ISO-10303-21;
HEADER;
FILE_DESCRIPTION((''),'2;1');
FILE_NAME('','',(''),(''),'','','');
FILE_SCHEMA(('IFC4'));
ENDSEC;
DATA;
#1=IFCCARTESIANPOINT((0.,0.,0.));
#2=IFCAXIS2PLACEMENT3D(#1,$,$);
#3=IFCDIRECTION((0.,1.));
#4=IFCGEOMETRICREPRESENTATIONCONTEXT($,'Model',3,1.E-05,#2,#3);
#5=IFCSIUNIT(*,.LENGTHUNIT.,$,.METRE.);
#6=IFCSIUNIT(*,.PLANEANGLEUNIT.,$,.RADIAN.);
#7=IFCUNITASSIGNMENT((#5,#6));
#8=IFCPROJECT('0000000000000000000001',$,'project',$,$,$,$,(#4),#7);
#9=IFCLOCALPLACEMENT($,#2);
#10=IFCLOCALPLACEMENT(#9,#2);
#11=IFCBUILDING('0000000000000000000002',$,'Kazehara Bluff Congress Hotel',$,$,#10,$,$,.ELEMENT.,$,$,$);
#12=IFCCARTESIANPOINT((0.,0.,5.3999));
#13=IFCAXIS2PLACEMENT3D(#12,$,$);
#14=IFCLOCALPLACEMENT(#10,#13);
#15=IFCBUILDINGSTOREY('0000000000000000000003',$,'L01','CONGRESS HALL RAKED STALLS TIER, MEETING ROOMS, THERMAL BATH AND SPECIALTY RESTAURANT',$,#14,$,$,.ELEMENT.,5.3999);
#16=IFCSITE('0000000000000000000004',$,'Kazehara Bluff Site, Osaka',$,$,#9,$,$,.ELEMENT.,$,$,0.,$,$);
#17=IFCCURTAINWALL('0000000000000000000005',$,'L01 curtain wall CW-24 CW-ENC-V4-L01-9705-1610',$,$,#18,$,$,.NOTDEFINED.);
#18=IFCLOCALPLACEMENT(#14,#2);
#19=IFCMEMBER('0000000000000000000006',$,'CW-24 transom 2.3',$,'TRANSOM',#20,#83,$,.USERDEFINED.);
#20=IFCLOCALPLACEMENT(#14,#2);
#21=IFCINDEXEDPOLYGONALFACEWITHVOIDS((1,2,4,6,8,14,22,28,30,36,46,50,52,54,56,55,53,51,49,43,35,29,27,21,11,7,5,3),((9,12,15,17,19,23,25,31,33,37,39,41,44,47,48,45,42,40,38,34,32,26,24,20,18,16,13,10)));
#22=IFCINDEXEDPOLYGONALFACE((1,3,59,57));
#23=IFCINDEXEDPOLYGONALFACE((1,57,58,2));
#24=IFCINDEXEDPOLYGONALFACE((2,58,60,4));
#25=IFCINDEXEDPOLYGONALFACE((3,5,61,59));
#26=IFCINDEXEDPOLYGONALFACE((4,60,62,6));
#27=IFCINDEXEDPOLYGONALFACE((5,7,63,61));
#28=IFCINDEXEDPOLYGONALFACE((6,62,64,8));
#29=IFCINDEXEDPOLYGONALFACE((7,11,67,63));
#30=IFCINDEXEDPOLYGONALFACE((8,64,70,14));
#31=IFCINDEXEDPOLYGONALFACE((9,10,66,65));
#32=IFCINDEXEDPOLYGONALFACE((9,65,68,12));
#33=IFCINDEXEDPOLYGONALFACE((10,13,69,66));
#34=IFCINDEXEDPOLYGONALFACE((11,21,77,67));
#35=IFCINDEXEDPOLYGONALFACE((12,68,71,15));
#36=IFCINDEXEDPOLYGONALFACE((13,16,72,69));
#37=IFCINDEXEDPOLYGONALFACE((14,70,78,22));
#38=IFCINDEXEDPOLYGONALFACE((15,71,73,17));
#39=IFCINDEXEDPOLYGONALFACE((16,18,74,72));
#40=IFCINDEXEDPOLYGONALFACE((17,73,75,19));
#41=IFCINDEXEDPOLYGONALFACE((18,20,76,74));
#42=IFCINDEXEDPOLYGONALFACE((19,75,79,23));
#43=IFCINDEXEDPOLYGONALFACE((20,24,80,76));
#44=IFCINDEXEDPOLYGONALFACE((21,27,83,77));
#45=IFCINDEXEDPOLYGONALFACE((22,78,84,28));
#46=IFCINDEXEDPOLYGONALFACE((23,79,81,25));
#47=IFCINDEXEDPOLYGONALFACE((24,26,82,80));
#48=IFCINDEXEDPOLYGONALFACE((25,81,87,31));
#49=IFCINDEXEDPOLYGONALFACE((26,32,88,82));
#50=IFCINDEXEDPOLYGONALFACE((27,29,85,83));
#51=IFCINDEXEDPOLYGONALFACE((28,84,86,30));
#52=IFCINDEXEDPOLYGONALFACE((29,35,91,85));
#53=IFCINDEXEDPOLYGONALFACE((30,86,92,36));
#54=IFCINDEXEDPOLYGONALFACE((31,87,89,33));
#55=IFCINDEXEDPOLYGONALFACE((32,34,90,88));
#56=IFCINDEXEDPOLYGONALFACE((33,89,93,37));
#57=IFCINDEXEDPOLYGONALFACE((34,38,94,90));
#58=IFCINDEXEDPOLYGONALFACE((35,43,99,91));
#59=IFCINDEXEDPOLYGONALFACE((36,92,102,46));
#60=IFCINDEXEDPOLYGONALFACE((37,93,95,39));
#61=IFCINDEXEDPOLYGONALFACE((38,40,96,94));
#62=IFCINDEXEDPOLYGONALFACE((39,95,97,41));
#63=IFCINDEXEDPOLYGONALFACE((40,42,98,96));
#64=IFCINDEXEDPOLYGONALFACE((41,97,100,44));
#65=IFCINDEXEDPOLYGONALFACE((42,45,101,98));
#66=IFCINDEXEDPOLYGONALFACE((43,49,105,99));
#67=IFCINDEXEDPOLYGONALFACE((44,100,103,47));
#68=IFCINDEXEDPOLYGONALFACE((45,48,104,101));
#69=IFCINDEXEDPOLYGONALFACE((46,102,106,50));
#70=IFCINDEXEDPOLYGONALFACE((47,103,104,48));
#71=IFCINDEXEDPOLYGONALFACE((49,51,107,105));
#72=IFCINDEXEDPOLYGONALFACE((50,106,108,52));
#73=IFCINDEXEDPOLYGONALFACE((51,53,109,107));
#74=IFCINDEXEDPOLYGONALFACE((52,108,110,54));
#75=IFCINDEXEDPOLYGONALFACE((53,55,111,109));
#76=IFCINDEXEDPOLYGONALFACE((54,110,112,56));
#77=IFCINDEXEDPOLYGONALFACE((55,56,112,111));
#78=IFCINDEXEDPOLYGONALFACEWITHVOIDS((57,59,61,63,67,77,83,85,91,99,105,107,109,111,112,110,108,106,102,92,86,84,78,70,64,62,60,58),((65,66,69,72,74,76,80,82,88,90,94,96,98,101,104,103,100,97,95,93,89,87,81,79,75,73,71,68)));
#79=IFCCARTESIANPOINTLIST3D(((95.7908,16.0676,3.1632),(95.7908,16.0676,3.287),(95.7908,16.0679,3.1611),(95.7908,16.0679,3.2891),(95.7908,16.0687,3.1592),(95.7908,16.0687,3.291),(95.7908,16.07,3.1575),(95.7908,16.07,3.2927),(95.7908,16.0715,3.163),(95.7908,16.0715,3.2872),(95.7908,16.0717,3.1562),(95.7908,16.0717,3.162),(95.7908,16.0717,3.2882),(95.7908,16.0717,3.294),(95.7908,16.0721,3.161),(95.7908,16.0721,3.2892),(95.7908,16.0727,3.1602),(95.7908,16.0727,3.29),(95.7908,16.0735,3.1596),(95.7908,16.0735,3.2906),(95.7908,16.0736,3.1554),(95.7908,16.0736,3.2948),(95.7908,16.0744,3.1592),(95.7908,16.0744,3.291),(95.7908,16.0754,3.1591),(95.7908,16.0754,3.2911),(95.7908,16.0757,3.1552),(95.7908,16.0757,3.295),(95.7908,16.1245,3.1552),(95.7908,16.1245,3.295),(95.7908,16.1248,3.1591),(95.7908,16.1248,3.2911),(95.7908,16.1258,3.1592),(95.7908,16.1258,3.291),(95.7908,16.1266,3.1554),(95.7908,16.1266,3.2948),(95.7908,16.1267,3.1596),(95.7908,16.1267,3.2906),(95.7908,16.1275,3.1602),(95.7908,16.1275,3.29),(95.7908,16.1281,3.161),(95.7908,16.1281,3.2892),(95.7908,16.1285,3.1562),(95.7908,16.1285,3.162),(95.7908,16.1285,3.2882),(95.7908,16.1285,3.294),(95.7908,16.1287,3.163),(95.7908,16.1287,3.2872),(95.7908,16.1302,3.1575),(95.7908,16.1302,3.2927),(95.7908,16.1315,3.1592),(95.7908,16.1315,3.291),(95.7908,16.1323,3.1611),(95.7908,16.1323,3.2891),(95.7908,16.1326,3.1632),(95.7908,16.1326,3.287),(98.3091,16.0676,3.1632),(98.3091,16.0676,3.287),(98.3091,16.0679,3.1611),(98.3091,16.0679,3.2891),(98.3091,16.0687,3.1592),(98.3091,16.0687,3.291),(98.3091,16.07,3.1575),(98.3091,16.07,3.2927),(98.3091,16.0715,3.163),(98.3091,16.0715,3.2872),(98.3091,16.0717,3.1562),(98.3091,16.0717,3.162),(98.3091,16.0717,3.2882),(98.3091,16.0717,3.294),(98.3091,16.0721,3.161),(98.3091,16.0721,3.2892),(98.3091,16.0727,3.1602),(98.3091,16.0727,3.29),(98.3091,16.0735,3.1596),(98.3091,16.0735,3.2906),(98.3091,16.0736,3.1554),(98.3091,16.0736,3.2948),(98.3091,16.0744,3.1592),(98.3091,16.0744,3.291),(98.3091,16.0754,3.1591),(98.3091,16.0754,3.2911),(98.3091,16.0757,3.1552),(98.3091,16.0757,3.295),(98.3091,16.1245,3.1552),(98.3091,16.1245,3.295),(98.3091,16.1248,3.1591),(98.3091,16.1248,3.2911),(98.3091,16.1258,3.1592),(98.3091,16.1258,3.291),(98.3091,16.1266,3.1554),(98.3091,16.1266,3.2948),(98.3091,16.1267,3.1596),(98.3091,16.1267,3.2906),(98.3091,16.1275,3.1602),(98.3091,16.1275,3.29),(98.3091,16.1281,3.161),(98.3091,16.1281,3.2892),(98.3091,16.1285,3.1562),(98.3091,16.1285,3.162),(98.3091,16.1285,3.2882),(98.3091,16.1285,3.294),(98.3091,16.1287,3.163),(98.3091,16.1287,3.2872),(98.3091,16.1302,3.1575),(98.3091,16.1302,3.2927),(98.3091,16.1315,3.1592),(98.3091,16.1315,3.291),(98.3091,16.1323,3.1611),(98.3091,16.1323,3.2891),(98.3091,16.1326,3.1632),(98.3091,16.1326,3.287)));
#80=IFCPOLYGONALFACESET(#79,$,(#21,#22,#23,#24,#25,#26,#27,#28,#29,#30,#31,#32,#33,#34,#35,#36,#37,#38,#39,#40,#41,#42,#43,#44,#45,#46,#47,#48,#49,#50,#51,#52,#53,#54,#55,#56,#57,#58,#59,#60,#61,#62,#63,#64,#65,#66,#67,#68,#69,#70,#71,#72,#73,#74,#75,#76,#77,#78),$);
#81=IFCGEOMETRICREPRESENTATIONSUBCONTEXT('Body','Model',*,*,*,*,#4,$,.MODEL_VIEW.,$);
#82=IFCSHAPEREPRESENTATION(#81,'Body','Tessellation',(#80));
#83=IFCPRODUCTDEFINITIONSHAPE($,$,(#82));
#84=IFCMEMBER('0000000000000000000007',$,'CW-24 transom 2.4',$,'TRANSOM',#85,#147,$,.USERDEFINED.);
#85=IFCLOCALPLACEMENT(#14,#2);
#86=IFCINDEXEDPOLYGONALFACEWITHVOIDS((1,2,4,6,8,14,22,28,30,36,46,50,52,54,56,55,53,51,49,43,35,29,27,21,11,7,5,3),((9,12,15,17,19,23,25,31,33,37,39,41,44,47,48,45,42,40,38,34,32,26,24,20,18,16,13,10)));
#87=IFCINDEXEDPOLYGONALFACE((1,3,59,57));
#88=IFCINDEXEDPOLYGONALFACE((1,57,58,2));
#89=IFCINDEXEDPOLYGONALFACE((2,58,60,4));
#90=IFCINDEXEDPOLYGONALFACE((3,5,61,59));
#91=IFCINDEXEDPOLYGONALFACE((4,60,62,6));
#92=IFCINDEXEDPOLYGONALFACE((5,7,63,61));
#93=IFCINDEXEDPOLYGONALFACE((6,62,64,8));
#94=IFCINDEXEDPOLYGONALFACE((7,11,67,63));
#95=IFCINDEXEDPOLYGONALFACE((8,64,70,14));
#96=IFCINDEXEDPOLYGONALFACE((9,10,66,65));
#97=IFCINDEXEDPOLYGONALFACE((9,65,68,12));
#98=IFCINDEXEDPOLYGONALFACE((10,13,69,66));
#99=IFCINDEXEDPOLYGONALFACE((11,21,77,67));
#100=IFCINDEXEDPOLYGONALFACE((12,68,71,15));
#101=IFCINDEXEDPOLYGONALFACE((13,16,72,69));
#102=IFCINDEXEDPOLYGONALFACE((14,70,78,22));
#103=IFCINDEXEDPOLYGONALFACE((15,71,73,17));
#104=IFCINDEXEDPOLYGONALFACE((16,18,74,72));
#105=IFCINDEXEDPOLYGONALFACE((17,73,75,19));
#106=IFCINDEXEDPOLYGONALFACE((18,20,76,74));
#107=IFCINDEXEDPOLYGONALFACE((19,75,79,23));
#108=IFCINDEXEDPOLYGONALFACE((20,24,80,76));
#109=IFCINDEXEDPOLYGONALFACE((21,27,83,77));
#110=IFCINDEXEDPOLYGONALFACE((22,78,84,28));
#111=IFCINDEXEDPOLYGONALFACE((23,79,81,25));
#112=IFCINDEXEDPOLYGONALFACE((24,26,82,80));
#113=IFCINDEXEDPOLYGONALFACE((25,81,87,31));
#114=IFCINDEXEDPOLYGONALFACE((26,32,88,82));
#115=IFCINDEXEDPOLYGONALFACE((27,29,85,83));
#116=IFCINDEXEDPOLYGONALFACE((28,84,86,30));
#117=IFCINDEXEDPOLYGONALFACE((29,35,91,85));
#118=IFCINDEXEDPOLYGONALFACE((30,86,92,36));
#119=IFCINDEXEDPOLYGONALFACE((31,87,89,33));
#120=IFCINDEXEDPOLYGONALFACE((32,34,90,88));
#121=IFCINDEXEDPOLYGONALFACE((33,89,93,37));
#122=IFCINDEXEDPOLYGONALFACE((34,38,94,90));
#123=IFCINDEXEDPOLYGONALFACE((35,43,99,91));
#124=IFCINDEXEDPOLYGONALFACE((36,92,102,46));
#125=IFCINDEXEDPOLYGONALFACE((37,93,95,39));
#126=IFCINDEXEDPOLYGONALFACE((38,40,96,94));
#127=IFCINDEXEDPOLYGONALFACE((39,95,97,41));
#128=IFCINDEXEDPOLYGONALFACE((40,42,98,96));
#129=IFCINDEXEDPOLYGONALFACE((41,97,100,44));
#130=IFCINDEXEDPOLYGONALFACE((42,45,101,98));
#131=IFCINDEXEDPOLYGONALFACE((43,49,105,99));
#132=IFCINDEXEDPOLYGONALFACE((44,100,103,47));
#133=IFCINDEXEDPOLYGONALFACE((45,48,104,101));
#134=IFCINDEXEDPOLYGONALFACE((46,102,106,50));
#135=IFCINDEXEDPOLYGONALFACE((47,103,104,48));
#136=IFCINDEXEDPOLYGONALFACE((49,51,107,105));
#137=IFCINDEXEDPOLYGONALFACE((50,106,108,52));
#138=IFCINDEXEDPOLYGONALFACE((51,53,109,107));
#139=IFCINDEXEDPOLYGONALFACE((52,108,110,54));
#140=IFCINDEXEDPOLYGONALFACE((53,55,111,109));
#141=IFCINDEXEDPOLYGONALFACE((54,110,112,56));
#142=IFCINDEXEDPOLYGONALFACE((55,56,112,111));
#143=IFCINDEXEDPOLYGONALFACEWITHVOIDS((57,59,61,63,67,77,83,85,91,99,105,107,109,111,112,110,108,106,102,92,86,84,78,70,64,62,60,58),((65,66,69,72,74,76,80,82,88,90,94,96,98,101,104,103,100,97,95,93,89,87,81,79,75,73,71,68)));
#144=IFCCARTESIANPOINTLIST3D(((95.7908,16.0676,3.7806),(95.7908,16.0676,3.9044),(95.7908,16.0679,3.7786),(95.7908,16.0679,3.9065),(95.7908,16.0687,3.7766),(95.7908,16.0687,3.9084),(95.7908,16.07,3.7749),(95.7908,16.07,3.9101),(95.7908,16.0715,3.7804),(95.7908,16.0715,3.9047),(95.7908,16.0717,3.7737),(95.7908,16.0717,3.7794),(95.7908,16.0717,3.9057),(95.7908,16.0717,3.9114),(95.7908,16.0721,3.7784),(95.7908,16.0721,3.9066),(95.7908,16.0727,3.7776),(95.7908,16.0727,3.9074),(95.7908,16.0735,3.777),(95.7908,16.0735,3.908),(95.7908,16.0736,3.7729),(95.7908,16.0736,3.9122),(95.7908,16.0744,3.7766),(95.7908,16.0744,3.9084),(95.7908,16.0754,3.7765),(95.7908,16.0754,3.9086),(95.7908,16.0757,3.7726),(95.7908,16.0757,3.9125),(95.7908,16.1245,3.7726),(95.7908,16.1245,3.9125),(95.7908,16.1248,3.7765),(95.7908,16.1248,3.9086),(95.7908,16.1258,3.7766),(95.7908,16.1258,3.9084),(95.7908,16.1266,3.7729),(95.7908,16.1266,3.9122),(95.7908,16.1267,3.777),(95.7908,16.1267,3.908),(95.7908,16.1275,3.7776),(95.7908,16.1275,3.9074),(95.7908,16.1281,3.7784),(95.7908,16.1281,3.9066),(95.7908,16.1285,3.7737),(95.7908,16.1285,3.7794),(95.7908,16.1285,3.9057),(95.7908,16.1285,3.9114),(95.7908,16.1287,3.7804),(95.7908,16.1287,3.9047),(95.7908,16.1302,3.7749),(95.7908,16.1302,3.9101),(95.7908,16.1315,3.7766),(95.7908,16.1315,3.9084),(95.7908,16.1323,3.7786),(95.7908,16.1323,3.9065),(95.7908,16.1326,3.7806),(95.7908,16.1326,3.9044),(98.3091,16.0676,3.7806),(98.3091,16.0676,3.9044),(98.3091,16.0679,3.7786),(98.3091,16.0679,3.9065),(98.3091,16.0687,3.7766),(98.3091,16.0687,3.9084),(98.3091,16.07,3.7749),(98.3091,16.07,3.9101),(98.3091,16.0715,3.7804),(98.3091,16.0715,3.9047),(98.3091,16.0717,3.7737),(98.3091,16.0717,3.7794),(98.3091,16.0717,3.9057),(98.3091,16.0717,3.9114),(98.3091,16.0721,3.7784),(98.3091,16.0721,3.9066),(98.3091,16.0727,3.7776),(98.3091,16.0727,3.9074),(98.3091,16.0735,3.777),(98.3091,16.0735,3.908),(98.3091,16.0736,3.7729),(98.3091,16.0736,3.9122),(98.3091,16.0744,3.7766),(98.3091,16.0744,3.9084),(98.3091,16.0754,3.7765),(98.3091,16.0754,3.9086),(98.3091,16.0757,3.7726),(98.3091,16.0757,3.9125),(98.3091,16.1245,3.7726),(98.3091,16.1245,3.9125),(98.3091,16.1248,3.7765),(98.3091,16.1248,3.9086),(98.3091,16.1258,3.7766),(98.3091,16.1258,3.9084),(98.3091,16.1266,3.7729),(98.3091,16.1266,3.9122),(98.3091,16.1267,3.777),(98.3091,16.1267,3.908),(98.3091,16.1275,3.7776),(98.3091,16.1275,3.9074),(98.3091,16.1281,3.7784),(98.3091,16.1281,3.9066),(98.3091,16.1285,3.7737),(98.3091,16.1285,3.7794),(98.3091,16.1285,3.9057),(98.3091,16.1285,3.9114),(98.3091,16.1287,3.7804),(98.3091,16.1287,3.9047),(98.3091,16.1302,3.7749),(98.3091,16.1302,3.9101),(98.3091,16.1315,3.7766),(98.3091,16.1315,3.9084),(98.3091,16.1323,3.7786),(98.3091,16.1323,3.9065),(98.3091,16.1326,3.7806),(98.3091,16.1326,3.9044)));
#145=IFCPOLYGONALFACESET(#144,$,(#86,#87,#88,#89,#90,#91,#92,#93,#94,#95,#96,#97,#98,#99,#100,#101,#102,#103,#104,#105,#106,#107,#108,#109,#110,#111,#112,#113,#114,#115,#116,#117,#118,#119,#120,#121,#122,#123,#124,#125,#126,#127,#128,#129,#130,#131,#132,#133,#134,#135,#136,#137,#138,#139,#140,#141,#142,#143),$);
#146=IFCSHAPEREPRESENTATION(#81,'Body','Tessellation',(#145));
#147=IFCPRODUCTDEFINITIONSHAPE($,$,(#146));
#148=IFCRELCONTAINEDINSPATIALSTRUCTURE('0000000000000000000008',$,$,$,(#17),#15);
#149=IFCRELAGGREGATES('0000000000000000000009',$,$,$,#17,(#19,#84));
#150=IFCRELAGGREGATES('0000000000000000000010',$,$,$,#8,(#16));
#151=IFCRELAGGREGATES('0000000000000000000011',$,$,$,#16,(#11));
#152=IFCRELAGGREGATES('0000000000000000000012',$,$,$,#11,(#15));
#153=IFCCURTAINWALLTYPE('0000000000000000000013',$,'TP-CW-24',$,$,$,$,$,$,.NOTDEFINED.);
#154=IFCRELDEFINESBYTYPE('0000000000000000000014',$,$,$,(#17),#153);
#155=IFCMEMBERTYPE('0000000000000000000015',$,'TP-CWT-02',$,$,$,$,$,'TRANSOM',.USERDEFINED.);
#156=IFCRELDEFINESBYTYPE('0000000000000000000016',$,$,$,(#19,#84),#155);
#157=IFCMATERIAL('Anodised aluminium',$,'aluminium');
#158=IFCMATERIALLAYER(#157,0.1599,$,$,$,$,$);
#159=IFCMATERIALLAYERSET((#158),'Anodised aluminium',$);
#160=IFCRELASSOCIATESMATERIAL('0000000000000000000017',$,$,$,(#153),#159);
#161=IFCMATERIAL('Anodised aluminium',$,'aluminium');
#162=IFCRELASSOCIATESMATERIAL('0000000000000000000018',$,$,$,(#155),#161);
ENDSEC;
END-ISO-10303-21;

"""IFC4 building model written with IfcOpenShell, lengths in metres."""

from ifc_helpers import new_model, si_unit, direction, frame, origin, origin_2d, place, context, subcontext, project, spatial, hollow_rectangle, extrude, material, layer, layer_set, material_profile, profile_set, type_object, element, aggregate, save


model = new_model("IFC4")

# Units and contexts
model_context = context("Model", 3, precision=1e-05, world=origin(), true_north=direction((0.0, 1.0)))
body_context = subcontext(model_context, "Body", "Model", "MODEL_VIEW")
ifc_project = project(units=[si_unit("LENGTHUNIT", "METRE"), si_unit("PLANEANGLEUNIT", "RADIAN")], contexts=[model_context])

# Site, building, storey
site_placement = place(None, origin())
site = spatial("IfcSite", under=ifc_project, at=site_placement, Name="Kazehara Bluff Site, Osaka", CompositionType="ELEMENT", RefElevation=0.0)
building_placement = place(site_placement, origin())
building = spatial("IfcBuilding", under=site, at=building_placement, Name="Kazehara Bluff Congress Hotel", CompositionType="ELEMENT")
storey_placement = place(building_placement, frame((0.0, 0.0, 5.3999)))
storey = spatial("IfcBuildingStorey", under=building, at=storey_placement, Name="L01", Description="CONGRESS HALL RAKED STALLS TIER, MEETING ROOMS, THERMAL BATH AND SPECIALTY RESTAURANT", CompositionType="ELEMENT", Elevation=5.3999)

# Curtain wall
ifc_material_1 = material(Name="Anodised aluminium", Category="aluminium")
ifc_layer_1 = layer(ifc_material_1, 0.1599)
ifc_layer_set_1 = layer_set([ifc_layer_1], Name="Anodised aluminium")
curtain_wall_type_1 = type_object("IfcCurtainWallType", Name="TP-CW-24", PredefinedType="NOTDEFINED", material=ifc_layer_set_1)
curtain_wall_1_placement = place(storey_placement, origin())
curtain_wall_1 = element("IfcCurtainWall", 1, at=curtain_wall_1_placement, inside=storey, type_object=curtain_wall_type_1, Name="L01 curtain wall CW-24 CW-ENC-V4-L01-9705-1610", PredefinedType="NOTDEFINED")

# Members
ifc_material_2 = material(Name="Anodised aluminium", Category="aluminium")
ifc_material_profile_1 = material_profile(ifc_material_2, hollow_rectangle(XDim=0.0649, YDim=0.1399, WallThickness=0.0039, InnerFilletRadius=0.0039, OuterFilletRadius=0.0081, at=origin_2d()))
ifc_profile_set_1 = profile_set([ifc_material_profile_1], Name="Anodised aluminium")
member_type_1 = type_object("IfcMemberType", Name="TP-CWT-02", ElementType="TRANSOM", PredefinedType="USERDEFINED", material=ifc_profile_set_1)
member_1_placement = place(storey_placement, frame((98.3091, 16.1001, 3.2251), z_axis=(-1.0, 0.0, 0.0), x_axis=(0.0, -1.0, 0.0)))
member_1 = element("IfcMember", 2, at=member_1_placement, type_object=member_type_1, Name="CW-24 transom 2.3", ObjectType="TRANSOM", PredefinedType="USERDEFINED", context=body_context, shape_type="SweptSolid", body=[
    extrude(hollow_rectangle(XDim=0.0649, YDim=0.1399, WallThickness=0.0039, InnerFilletRadius=0.0039, OuterFilletRadius=0.0081, at=origin_2d()), origin(), (0.0, 0.0, 1.0), 2.5183),
])
member_2_placement = place(storey_placement, frame((98.3091, 16.1001, 3.8425), z_axis=(-1.0, 0.0, 0.0), x_axis=(0.0, -1.0, 0.0)))
member_2 = element("IfcMember", 3, at=member_2_placement, type_object=member_type_1, Name="CW-24 transom 2.4", ObjectType="TRANSOM", PredefinedType="USERDEFINED", context=body_context, shape_type="SweptSolid", body=[
    extrude(hollow_rectangle(XDim=0.0649, YDim=0.1399, WallThickness=0.0039, InnerFilletRadius=0.0039, OuterFilletRadius=0.0081, at=origin_2d()), origin(), (0.0, 0.0, 1.0), 2.5183),
])

aggregate(curtain_wall_1, [member_1, member_2])

save(model, "model.ifc")
